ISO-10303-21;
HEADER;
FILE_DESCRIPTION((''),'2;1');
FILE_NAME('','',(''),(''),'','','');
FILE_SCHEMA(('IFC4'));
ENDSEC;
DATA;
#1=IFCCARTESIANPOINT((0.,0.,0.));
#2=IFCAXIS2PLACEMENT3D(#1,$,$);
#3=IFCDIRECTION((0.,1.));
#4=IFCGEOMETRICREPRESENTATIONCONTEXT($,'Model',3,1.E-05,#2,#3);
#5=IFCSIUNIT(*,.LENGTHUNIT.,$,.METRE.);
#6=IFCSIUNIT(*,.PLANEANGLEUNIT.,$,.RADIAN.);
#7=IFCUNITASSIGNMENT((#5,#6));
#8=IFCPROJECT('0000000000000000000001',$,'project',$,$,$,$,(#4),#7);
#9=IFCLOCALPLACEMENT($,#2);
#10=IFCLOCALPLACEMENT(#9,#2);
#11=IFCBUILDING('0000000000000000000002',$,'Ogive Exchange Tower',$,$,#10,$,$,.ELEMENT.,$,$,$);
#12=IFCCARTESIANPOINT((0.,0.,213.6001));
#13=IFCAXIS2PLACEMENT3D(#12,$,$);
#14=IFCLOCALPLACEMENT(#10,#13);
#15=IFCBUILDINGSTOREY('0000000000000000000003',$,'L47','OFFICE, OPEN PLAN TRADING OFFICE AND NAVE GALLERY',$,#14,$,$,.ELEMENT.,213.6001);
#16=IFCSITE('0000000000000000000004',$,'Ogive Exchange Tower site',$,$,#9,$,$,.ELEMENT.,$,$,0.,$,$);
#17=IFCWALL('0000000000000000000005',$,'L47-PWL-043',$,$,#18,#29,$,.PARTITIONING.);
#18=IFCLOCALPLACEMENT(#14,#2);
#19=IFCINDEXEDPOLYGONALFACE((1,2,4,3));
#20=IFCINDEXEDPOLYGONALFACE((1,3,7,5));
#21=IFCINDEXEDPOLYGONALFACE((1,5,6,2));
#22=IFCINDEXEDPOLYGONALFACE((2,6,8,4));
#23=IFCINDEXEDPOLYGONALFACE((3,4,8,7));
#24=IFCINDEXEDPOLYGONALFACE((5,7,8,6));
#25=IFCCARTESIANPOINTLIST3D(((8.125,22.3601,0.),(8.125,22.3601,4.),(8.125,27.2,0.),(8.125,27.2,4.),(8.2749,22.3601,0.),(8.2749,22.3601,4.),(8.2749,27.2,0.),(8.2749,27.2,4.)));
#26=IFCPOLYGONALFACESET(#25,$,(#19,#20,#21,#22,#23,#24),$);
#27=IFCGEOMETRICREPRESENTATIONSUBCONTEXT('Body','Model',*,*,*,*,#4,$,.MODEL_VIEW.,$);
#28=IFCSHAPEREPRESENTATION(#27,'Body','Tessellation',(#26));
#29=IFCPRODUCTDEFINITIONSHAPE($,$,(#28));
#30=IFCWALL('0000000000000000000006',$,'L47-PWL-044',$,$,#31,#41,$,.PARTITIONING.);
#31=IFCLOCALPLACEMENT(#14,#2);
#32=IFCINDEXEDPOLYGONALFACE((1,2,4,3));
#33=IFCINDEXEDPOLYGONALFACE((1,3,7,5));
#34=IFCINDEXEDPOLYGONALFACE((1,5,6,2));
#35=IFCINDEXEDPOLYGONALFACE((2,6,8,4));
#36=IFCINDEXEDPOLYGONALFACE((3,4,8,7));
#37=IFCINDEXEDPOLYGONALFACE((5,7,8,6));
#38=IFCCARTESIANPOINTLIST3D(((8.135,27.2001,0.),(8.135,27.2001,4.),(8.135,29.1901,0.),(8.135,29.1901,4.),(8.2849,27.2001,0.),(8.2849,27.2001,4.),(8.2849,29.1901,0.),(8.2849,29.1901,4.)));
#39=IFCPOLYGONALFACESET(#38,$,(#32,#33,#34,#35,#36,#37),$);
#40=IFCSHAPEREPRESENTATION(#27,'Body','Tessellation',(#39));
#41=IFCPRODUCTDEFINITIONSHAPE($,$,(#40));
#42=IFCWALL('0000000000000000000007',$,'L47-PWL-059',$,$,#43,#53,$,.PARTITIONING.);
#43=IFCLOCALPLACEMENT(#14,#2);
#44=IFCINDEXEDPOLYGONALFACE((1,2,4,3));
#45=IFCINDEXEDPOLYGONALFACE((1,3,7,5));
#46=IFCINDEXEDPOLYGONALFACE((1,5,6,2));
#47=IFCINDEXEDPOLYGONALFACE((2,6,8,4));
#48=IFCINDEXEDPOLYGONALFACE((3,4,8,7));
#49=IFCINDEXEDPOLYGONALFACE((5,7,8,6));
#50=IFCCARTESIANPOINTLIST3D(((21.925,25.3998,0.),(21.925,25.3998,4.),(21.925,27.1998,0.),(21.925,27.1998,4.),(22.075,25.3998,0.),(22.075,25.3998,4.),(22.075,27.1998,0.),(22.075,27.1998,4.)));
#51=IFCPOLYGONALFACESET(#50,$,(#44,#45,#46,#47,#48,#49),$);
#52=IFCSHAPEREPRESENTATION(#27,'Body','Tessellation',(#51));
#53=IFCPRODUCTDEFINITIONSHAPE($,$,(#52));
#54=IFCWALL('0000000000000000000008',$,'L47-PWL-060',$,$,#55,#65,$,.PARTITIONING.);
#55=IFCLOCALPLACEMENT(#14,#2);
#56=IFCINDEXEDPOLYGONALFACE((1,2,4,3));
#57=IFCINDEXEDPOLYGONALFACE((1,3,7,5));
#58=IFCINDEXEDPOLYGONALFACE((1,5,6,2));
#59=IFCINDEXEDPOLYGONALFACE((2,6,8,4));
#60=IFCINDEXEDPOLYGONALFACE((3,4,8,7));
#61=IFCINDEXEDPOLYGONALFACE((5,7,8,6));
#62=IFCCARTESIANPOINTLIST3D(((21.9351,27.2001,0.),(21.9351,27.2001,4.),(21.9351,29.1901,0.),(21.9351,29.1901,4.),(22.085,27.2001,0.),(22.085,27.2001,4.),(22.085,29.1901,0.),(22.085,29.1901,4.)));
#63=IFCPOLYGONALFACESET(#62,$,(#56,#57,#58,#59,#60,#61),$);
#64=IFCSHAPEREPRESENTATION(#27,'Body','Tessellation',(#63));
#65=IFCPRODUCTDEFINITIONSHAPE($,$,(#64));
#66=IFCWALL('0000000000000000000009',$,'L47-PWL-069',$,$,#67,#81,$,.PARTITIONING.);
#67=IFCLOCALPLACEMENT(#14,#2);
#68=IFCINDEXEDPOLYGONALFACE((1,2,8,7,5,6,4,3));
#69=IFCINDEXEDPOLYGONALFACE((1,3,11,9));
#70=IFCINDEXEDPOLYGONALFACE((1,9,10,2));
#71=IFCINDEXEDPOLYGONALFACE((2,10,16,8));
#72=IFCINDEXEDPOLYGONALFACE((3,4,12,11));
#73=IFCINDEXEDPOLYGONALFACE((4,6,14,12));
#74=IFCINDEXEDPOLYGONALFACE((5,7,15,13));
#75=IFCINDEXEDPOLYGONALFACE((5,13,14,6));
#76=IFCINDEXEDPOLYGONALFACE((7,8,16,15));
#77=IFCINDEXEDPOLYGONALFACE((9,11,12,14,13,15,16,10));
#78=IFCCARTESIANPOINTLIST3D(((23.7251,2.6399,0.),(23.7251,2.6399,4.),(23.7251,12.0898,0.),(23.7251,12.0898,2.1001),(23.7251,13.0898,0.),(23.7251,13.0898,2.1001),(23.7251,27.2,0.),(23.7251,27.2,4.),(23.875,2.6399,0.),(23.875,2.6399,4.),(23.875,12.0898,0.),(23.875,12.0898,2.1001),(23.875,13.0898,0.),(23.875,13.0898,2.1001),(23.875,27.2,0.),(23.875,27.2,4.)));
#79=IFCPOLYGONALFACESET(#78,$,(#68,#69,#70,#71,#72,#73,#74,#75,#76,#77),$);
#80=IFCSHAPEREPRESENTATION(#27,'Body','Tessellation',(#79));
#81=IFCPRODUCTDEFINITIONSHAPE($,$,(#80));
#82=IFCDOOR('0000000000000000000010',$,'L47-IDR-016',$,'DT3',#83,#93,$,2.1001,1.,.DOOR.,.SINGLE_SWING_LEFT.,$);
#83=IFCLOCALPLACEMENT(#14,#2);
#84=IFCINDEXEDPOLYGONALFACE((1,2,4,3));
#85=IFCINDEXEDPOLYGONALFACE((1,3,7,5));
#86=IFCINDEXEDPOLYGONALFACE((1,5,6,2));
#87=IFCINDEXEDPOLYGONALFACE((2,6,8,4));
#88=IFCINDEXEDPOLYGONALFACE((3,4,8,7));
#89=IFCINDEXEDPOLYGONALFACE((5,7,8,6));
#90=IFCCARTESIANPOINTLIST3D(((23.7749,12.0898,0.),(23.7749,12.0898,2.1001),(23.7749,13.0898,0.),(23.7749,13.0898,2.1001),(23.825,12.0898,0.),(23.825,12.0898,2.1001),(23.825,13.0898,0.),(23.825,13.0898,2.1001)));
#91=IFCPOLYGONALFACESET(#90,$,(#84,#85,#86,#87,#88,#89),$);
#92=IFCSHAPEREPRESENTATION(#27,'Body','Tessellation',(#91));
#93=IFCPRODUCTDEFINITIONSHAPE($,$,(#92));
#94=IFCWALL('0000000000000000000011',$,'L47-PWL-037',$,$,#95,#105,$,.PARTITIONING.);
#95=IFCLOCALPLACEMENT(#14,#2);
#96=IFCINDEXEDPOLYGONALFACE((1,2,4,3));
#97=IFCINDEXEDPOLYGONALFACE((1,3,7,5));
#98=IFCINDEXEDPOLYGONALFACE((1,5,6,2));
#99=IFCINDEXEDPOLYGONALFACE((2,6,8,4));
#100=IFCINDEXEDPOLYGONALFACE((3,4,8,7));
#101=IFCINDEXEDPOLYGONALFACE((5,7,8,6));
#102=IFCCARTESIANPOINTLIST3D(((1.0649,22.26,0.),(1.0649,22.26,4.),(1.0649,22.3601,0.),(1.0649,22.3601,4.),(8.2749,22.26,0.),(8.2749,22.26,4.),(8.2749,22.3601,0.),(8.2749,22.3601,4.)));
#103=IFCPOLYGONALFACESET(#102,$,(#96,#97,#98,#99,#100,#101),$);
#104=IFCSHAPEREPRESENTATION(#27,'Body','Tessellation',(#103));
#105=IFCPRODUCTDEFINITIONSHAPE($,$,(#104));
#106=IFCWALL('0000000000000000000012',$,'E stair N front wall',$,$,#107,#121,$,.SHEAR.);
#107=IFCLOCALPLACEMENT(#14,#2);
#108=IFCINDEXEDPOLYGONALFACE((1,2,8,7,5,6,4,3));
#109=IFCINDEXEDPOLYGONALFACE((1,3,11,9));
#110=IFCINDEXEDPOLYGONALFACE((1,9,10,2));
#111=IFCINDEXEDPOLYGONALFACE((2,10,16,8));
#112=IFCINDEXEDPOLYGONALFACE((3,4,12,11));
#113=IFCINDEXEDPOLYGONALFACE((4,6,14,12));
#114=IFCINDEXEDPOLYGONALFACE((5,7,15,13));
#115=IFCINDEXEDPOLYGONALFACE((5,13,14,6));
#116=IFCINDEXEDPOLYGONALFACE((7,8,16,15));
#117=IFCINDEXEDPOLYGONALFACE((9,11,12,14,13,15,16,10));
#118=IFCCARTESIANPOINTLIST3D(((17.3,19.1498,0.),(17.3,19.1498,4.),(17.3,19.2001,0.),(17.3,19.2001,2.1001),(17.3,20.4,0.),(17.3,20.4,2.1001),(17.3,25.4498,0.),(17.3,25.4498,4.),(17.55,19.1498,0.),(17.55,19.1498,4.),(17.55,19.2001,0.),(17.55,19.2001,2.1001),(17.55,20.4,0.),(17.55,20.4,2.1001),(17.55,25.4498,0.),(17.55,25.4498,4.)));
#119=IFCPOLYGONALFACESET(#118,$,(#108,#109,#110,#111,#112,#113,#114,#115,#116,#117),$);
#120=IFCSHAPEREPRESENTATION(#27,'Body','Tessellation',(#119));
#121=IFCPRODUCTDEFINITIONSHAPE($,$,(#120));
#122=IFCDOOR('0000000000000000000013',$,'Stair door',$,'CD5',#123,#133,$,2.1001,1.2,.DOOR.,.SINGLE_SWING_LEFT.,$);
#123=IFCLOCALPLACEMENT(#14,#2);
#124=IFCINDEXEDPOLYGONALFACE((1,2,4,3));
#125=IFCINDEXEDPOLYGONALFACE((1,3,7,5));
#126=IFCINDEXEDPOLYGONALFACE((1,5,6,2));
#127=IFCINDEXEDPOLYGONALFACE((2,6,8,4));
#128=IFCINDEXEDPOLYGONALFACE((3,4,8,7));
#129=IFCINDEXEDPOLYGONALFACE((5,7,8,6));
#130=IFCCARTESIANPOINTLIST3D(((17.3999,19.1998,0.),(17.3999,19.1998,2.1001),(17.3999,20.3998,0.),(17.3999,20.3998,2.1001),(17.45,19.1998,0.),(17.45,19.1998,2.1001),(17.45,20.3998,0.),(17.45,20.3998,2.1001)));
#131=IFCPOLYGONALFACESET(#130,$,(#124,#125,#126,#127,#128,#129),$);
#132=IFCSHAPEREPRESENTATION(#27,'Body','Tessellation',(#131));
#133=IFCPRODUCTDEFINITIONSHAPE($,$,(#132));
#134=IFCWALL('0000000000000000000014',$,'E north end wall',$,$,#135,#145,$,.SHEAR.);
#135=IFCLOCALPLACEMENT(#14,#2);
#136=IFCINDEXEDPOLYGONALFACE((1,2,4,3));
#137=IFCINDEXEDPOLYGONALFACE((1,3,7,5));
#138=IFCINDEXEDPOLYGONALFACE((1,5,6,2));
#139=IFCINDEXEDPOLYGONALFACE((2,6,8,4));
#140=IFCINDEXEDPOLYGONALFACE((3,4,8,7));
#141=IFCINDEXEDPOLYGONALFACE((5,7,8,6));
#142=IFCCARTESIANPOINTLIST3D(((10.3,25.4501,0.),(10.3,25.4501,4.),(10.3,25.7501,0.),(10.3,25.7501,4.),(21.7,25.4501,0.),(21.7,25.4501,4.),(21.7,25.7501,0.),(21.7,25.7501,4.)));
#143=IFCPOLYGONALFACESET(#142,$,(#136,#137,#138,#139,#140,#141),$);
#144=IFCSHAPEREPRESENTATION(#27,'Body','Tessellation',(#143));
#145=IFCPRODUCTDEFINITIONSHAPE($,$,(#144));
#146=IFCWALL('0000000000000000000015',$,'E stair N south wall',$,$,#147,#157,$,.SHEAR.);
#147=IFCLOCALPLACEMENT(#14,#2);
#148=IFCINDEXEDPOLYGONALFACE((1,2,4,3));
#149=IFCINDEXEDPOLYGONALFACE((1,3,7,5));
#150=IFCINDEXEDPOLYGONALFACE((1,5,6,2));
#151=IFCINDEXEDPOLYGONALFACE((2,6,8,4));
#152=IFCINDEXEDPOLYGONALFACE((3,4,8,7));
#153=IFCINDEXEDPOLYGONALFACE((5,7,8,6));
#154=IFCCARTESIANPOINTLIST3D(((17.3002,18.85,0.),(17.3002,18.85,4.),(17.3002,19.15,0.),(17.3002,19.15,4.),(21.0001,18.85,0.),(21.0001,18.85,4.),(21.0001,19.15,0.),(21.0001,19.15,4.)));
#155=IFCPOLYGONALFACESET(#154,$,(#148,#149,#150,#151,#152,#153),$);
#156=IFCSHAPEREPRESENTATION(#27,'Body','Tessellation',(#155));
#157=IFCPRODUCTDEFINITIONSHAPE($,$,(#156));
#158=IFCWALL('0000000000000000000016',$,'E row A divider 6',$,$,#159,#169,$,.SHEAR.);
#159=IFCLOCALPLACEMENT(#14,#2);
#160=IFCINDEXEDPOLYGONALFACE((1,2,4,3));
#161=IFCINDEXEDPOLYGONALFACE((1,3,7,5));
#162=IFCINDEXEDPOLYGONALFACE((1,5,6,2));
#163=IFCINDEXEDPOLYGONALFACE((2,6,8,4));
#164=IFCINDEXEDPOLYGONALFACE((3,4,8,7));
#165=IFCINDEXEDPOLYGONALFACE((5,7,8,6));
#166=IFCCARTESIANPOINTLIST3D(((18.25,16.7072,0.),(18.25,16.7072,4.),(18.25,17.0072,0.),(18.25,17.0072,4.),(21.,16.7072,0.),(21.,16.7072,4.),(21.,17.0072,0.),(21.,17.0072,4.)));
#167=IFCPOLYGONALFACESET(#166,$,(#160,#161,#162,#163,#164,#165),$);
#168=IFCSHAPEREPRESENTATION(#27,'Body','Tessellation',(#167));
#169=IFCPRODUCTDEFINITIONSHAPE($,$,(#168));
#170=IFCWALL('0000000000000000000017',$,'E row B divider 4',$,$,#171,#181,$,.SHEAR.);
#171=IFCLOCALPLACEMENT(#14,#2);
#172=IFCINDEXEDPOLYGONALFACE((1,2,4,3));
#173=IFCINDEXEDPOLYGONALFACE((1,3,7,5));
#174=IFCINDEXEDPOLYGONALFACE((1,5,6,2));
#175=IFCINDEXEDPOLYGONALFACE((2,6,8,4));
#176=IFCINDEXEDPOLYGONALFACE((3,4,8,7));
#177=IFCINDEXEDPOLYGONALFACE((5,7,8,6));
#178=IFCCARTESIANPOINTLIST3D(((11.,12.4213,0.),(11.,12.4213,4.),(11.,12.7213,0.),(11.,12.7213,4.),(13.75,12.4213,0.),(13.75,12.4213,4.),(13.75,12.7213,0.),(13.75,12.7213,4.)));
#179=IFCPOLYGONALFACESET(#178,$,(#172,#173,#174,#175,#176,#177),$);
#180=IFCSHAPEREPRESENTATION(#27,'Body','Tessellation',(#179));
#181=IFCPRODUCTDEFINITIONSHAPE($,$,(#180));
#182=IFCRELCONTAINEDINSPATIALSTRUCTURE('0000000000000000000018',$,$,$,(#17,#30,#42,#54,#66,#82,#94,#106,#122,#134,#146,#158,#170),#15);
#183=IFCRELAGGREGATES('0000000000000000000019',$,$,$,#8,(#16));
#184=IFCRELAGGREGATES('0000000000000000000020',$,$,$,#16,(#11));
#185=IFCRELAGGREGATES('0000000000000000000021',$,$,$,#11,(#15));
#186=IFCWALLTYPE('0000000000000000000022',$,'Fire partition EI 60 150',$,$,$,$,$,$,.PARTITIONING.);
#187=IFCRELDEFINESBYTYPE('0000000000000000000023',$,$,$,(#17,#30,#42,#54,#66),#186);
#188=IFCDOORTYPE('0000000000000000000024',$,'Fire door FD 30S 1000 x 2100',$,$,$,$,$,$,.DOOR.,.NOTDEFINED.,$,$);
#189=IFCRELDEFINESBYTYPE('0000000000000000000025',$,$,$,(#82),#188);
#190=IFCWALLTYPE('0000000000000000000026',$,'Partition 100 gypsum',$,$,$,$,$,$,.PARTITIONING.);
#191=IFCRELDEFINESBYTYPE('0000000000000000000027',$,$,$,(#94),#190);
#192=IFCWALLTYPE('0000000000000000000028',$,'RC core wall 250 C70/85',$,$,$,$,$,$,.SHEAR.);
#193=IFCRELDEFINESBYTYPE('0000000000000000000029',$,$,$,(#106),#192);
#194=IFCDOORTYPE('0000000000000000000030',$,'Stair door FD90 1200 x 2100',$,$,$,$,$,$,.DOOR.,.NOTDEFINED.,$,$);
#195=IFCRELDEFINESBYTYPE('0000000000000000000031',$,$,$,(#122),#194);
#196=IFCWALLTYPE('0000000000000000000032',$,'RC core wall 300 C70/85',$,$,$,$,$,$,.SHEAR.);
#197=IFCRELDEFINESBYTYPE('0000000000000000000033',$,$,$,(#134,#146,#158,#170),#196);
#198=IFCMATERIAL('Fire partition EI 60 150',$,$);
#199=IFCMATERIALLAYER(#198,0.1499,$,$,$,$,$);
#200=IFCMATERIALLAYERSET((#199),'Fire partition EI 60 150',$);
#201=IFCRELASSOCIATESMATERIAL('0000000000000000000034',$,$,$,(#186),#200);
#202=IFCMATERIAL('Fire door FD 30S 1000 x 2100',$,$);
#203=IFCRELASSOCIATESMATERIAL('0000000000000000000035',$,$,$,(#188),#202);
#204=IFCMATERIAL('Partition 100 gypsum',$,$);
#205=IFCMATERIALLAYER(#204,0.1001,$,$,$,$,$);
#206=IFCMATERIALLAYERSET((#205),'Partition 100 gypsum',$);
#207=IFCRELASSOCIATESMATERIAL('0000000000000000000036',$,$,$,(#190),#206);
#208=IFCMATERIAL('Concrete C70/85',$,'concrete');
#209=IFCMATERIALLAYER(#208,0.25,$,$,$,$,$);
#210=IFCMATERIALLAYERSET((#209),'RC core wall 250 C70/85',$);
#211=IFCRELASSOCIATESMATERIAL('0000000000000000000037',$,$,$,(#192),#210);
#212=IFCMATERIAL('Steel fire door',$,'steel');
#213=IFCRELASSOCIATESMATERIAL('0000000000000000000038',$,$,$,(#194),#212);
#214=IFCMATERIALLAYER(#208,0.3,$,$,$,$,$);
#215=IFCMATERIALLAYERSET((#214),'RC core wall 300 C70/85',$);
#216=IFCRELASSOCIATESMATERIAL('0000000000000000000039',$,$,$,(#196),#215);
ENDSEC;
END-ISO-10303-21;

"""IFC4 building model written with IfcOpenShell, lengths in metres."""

from ifc_helpers import new_model, si_unit, direction, frame, frame_2d, origin, place, context, subcontext, project, spatial, rectangle, extrude, material, layer, layer_set, type_object, element, fill, save


model = new_model("IFC4")

# Units and contexts
model_context = context("Model", 3, precision=1e-05, world=origin(), true_north=direction((0.0, 1.0)))
body_context = subcontext(model_context, "Body", "Model", "MODEL_VIEW")
ifc_project = project(units=[si_unit("LENGTHUNIT", "METRE"), si_unit("PLANEANGLEUNIT", "RADIAN")], contexts=[model_context])

# Site, building, storey
site_placement = place(None, origin())
site = spatial("IfcSite", under=ifc_project, at=site_placement, Name="Ogive Exchange Tower site", CompositionType="ELEMENT", RefElevation=0.0)
building_placement = place(site_placement, origin())
building = spatial("IfcBuilding", under=site, at=building_placement, Name="Ogive Exchange Tower", CompositionType="ELEMENT")
storey_placement = place(building_placement, frame((0.0, 0.0, 213.6001)))
storey = spatial("IfcBuildingStorey", under=building, at=storey_placement, Name="L47", Description="OFFICE, OPEN PLAN TRADING OFFICE AND NAVE GALLERY", CompositionType="ELEMENT", Elevation=213.6001)

# Shared definitions
ifc_material_1 = material(Name="Fire partition EI 60 150")
ifc_layer_1 = layer(ifc_material_1, 0.1499)
ifc_layer_set_1 = layer_set([ifc_layer_1], Name="Fire partition EI 60 150")
wall_type_1 = type_object("IfcWallType", Name="Fire partition EI 60 150", PredefinedType="PARTITIONING", material=ifc_layer_set_1)
ifc_material_2 = material(Name="Fire door FD 30S 1000 x 2100")
door_type_1 = type_object("IfcDoorType", Name="Fire door FD 30S 1000 x 2100", OperationType="NOTDEFINED", PredefinedType="DOOR", material=ifc_material_2)

# Walls
wall_1_placement = place(storey_placement, frame((8.2, 22.3601, 0.0), z_axis=(0.0, 0.0, 1.0), x_axis=(0.0, 1.0, 0.0)))
element("IfcWall", 1, at=wall_1_placement, inside=storey, type_object=wall_type_1, Name="L47-PWL-043", PredefinedType="PARTITIONING", context=body_context, shape_type="SweptSolid", body=[
    extrude(rectangle(XDim=4.8398, YDim=0.1499, at=frame_2d((2.4199, 0.0))), origin(), (0.0, 0.0, 1.0), 4.0),
])
wall_2_placement = place(storey_placement, frame((8.21, 27.2, 0.0), z_axis=(0.0, 0.0, 1.0), x_axis=(0.0, 1.0, 0.0)))
element("IfcWall", 2, at=wall_2_placement, inside=storey, type_object=wall_type_1, Name="L47-PWL-044", PredefinedType="PARTITIONING", context=body_context, shape_type="SweptSolid", body=[
    extrude(rectangle(XDim=1.99, YDim=0.1499, at=frame_2d((0.9951, 0.0))), origin(), (0.0, 0.0, 1.0), 4.0),
])
wall_3_placement = place(storey_placement, frame((22.0, 25.3999, 0.0), z_axis=(0.0, 0.0, 1.0), x_axis=(0.0, 1.0, 0.0)))
element("IfcWall", 3, at=wall_3_placement, inside=storey, type_object=wall_type_1, Name="L47-PWL-059", PredefinedType="PARTITIONING", context=body_context, shape_type="SweptSolid", body=[
    extrude(rectangle(XDim=1.8, YDim=0.1499, at=frame_2d((0.8999, 0.0))), origin(), (0.0, 0.0, 1.0), 4.0),
])
wall_4_placement = place(storey_placement, frame((22.01, 27.2, 0.0), z_axis=(0.0, 0.0, 1.0), x_axis=(0.0, 1.0, 0.0)))
element("IfcWall", 4, at=wall_4_placement, inside=storey, type_object=wall_type_1, Name="L47-PWL-060", PredefinedType="PARTITIONING", context=body_context, shape_type="SweptSolid", body=[
    extrude(rectangle(XDim=1.99, YDim=0.1499, at=frame_2d((0.9951, 0.0))), origin(), (0.0, 0.0, 1.0), 4.0),
])

# Wall, opening, door
wall_5_placement = place(storey_placement, frame((23.8, 27.2, 0.0), z_axis=(0.0, 0.0, 1.0), x_axis=(0.0, -1.0, 0.0)))
wall_5 = element("IfcWall", 5, at=wall_5_placement, inside=storey, type_object=wall_type_1, Name="L47-PWL-069", PredefinedType="PARTITIONING", context=body_context, shape_type="SweptSolid", body=[
    extrude(rectangle(XDim=24.5601, YDim=0.1499, at=frame_2d((12.28, 0.0))), origin(), (0.0, 0.0, 1.0), 4.0),
])
opening_1_placement = place(wall_5_placement, frame((14.1101, 0.0, 0.0)))
opening_1 = element("IfcOpeningElement", 6, at=opening_1_placement, cuts=wall_5, PredefinedType="OPENING", context=body_context, shape_type="SweptSolid", body=[
    extrude(rectangle(XDim=1.0, YDim=2.1001, at=frame_2d((0.5, 1.05))), frame((0.0, 0.085, 0.0), z_axis=(0.0, -1.0, 0.0), x_axis=(1.0, 0.0, 0.0)), (0.0, 0.0, 1.0), 0.1699),
])
door_1_placement = place(opening_1_placement, origin())
door_1 = element("IfcDoor", 7, at=door_1_placement, inside=storey, type_object=door_type_1, Name="L47-IDR-016", ObjectType="DT3", OperationType="SINGLE_SWING_LEFT", OverallHeight=2.1001, OverallWidth=1.0, PredefinedType="DOOR", context=body_context, shape_type="SweptSolid", body=[
    extrude(rectangle(XDim=1.0, YDim=2.1001, at=frame_2d((0.5, 1.05))), frame((0.0, 0.0249, 0.0), z_axis=(0.0, -1.0, 0.0), x_axis=(1.0, 0.0, 0.0)), (0.0, 0.0, 1.0), 0.05),
])
fill(opening_1, door_1)

# Wall
ifc_material_3 = material(Name="Partition 100 gypsum")
ifc_layer_2 = layer(ifc_material_3, 0.1001)
ifc_layer_set_2 = layer_set([ifc_layer_2], Name="Partition 100 gypsum")
wall_type_2 = type_object("IfcWallType", Name="Partition 100 gypsum", PredefinedType="PARTITIONING", material=ifc_layer_set_2)
wall_6_placement = place(storey_placement, frame((1.0649, 22.3101, 0.0), z_axis=(0.0, 0.0, 1.0), x_axis=(1.0, 0.0, 0.0)))
element("IfcWall", 8, at=wall_6_placement, inside=storey, type_object=wall_type_2, Name="L47-PWL-037", PredefinedType="PARTITIONING", context=body_context, shape_type="SweptSolid", body=[
    extrude(rectangle(XDim=7.21, YDim=0.1001, at=frame_2d((3.605, 0.0))), origin(), (0.0, 0.0, 1.0), 4.0),
])

# Wall, opening, door
ifc_material_4 = material(Name="Concrete C70/85", Category="concrete")
ifc_layer_3 = layer(ifc_material_4, 0.25)
ifc_layer_set_3 = layer_set([ifc_layer_3], Name="RC core wall 250 C70/85")
wall_type_3 = type_object("IfcWallType", Name="RC core wall 250 C70/85", PredefinedType="SHEAR", material=ifc_layer_set_3)
wall_7_placement = place(storey_placement, frame((17.425, 19.1499, 0.0), z_axis=(0.0, 0.0, 1.0), x_axis=(0.0, 1.0, 0.0)))
wall_7 = element("IfcWall", 9, at=wall_7_placement, inside=storey, type_object=wall_type_3, Name="E stair N front wall", PredefinedType="SHEAR", context=body_context, shape_type="SweptSolid", body=[
    extrude(rectangle(XDim=6.3, YDim=0.25, at=frame_2d((3.1499, 0.0))), origin(), (0.0, 0.0, 1.0), 4.0),
])
opening_2_placement = place(wall_7_placement, frame((0.05, 0.0, 0.0)))
opening_2 = element("IfcOpeningElement", 10, at=opening_2_placement, cuts=wall_7, PredefinedType="OPENING", context=body_context, shape_type="SweptSolid", body=[
    extrude(rectangle(XDim=1.2, YDim=2.1001, at=frame_2d((0.6001, 1.05))), frame((0.0, 0.135, 0.0), z_axis=(0.0, -1.0, 0.0), x_axis=(1.0, 0.0, 0.0)), (0.0, 0.0, 1.0), 0.27),
])
ifc_material_5 = material(Name="Steel fire door", Category="steel")
door_type_2 = type_object("IfcDoorType", Name="Stair door FD90 1200 x 2100", OperationType="NOTDEFINED", PredefinedType="DOOR", material=ifc_material_5)
door_2_placement = place(opening_2_placement, frame((1.2, 0.0, 0.0), z_axis=(0.0, 0.0, 1.0), x_axis=(-1.0, 0.0, 0.0)))
door_2 = element("IfcDoor", 11, at=door_2_placement, inside=storey, type_object=door_type_2, Name="Stair door", ObjectType="CD5", OperationType="SINGLE_SWING_LEFT", OverallHeight=2.1001, OverallWidth=1.2, PredefinedType="DOOR", context=body_context, shape_type="SweptSolid", body=[
    extrude(rectangle(XDim=1.2, YDim=2.1001, at=frame_2d((0.6001, 1.05))), frame((0.0, 0.0249, 0.0), z_axis=(0.0, -1.0, 0.0), x_axis=(1.0, 0.0, 0.0)), (0.0, 0.0, 1.0), 0.05),
])
fill(opening_2, door_2)

# Walls
ifc_layer_4 = layer(ifc_material_4, 0.3)
ifc_layer_set_4 = layer_set([ifc_layer_4], Name="RC core wall 300 C70/85")
wall_type_4 = type_object("IfcWallType", Name="RC core wall 300 C70/85", PredefinedType="SHEAR", material=ifc_layer_set_4)
wall_8_placement = place(storey_placement, frame((10.3, 25.6001, 0.0), z_axis=(0.0, 0.0, 1.0), x_axis=(1.0, 0.0, 0.0)))
element("IfcWall", 12, at=wall_8_placement, inside=storey, type_object=wall_type_4, Name="E north end wall", PredefinedType="SHEAR", context=body_context, shape_type="SweptSolid", body=[
    extrude(rectangle(XDim=11.3999, YDim=0.3, at=frame_2d((5.7, 0.0))), origin(), (0.0, 0.0, 1.0), 4.0),
])
wall_9_placement = place(storey_placement, frame((17.3, 19.0, 0.0), z_axis=(0.0, 0.0, 1.0), x_axis=(1.0, 0.0, 0.0)))
element("IfcWall", 13, at=wall_9_placement, inside=storey, type_object=wall_type_4, Name="E stair N south wall", PredefinedType="SHEAR", context=body_context, shape_type="SweptSolid", body=[
    extrude(rectangle(XDim=3.7, YDim=0.3, at=frame_2d((1.8501, 0.0))), origin(), (0.0, 0.0, 1.0), 4.0),
])
for number, where, z_axis, x_axis, name in (
    (14, (18.25, 16.8572, 0.0), (0.0, 0.0, 1.0), (1.0, 0.0, 0.0), "E row A divider 6"),
    (15, (11.0, 12.5713, 0.0), (0.0, 0.0, 1.0), (1.0, 0.0, 0.0), "E row B divider 4"),
):
    element("IfcWall", number, at=place(storey_placement, frame(where, z_axis=z_axis, x_axis=x_axis)), inside=storey, type_object=wall_type_4, Name=name, PredefinedType="SHEAR", context=body_context, shape_type="SweptSolid", body=[
        extrude(rectangle(XDim=2.75, YDim=0.3, at=frame_2d((1.375, 0.0))), origin(), (0.0, 0.0, 1.0), 4.0),
    ])

save(model, "model.ifc")
